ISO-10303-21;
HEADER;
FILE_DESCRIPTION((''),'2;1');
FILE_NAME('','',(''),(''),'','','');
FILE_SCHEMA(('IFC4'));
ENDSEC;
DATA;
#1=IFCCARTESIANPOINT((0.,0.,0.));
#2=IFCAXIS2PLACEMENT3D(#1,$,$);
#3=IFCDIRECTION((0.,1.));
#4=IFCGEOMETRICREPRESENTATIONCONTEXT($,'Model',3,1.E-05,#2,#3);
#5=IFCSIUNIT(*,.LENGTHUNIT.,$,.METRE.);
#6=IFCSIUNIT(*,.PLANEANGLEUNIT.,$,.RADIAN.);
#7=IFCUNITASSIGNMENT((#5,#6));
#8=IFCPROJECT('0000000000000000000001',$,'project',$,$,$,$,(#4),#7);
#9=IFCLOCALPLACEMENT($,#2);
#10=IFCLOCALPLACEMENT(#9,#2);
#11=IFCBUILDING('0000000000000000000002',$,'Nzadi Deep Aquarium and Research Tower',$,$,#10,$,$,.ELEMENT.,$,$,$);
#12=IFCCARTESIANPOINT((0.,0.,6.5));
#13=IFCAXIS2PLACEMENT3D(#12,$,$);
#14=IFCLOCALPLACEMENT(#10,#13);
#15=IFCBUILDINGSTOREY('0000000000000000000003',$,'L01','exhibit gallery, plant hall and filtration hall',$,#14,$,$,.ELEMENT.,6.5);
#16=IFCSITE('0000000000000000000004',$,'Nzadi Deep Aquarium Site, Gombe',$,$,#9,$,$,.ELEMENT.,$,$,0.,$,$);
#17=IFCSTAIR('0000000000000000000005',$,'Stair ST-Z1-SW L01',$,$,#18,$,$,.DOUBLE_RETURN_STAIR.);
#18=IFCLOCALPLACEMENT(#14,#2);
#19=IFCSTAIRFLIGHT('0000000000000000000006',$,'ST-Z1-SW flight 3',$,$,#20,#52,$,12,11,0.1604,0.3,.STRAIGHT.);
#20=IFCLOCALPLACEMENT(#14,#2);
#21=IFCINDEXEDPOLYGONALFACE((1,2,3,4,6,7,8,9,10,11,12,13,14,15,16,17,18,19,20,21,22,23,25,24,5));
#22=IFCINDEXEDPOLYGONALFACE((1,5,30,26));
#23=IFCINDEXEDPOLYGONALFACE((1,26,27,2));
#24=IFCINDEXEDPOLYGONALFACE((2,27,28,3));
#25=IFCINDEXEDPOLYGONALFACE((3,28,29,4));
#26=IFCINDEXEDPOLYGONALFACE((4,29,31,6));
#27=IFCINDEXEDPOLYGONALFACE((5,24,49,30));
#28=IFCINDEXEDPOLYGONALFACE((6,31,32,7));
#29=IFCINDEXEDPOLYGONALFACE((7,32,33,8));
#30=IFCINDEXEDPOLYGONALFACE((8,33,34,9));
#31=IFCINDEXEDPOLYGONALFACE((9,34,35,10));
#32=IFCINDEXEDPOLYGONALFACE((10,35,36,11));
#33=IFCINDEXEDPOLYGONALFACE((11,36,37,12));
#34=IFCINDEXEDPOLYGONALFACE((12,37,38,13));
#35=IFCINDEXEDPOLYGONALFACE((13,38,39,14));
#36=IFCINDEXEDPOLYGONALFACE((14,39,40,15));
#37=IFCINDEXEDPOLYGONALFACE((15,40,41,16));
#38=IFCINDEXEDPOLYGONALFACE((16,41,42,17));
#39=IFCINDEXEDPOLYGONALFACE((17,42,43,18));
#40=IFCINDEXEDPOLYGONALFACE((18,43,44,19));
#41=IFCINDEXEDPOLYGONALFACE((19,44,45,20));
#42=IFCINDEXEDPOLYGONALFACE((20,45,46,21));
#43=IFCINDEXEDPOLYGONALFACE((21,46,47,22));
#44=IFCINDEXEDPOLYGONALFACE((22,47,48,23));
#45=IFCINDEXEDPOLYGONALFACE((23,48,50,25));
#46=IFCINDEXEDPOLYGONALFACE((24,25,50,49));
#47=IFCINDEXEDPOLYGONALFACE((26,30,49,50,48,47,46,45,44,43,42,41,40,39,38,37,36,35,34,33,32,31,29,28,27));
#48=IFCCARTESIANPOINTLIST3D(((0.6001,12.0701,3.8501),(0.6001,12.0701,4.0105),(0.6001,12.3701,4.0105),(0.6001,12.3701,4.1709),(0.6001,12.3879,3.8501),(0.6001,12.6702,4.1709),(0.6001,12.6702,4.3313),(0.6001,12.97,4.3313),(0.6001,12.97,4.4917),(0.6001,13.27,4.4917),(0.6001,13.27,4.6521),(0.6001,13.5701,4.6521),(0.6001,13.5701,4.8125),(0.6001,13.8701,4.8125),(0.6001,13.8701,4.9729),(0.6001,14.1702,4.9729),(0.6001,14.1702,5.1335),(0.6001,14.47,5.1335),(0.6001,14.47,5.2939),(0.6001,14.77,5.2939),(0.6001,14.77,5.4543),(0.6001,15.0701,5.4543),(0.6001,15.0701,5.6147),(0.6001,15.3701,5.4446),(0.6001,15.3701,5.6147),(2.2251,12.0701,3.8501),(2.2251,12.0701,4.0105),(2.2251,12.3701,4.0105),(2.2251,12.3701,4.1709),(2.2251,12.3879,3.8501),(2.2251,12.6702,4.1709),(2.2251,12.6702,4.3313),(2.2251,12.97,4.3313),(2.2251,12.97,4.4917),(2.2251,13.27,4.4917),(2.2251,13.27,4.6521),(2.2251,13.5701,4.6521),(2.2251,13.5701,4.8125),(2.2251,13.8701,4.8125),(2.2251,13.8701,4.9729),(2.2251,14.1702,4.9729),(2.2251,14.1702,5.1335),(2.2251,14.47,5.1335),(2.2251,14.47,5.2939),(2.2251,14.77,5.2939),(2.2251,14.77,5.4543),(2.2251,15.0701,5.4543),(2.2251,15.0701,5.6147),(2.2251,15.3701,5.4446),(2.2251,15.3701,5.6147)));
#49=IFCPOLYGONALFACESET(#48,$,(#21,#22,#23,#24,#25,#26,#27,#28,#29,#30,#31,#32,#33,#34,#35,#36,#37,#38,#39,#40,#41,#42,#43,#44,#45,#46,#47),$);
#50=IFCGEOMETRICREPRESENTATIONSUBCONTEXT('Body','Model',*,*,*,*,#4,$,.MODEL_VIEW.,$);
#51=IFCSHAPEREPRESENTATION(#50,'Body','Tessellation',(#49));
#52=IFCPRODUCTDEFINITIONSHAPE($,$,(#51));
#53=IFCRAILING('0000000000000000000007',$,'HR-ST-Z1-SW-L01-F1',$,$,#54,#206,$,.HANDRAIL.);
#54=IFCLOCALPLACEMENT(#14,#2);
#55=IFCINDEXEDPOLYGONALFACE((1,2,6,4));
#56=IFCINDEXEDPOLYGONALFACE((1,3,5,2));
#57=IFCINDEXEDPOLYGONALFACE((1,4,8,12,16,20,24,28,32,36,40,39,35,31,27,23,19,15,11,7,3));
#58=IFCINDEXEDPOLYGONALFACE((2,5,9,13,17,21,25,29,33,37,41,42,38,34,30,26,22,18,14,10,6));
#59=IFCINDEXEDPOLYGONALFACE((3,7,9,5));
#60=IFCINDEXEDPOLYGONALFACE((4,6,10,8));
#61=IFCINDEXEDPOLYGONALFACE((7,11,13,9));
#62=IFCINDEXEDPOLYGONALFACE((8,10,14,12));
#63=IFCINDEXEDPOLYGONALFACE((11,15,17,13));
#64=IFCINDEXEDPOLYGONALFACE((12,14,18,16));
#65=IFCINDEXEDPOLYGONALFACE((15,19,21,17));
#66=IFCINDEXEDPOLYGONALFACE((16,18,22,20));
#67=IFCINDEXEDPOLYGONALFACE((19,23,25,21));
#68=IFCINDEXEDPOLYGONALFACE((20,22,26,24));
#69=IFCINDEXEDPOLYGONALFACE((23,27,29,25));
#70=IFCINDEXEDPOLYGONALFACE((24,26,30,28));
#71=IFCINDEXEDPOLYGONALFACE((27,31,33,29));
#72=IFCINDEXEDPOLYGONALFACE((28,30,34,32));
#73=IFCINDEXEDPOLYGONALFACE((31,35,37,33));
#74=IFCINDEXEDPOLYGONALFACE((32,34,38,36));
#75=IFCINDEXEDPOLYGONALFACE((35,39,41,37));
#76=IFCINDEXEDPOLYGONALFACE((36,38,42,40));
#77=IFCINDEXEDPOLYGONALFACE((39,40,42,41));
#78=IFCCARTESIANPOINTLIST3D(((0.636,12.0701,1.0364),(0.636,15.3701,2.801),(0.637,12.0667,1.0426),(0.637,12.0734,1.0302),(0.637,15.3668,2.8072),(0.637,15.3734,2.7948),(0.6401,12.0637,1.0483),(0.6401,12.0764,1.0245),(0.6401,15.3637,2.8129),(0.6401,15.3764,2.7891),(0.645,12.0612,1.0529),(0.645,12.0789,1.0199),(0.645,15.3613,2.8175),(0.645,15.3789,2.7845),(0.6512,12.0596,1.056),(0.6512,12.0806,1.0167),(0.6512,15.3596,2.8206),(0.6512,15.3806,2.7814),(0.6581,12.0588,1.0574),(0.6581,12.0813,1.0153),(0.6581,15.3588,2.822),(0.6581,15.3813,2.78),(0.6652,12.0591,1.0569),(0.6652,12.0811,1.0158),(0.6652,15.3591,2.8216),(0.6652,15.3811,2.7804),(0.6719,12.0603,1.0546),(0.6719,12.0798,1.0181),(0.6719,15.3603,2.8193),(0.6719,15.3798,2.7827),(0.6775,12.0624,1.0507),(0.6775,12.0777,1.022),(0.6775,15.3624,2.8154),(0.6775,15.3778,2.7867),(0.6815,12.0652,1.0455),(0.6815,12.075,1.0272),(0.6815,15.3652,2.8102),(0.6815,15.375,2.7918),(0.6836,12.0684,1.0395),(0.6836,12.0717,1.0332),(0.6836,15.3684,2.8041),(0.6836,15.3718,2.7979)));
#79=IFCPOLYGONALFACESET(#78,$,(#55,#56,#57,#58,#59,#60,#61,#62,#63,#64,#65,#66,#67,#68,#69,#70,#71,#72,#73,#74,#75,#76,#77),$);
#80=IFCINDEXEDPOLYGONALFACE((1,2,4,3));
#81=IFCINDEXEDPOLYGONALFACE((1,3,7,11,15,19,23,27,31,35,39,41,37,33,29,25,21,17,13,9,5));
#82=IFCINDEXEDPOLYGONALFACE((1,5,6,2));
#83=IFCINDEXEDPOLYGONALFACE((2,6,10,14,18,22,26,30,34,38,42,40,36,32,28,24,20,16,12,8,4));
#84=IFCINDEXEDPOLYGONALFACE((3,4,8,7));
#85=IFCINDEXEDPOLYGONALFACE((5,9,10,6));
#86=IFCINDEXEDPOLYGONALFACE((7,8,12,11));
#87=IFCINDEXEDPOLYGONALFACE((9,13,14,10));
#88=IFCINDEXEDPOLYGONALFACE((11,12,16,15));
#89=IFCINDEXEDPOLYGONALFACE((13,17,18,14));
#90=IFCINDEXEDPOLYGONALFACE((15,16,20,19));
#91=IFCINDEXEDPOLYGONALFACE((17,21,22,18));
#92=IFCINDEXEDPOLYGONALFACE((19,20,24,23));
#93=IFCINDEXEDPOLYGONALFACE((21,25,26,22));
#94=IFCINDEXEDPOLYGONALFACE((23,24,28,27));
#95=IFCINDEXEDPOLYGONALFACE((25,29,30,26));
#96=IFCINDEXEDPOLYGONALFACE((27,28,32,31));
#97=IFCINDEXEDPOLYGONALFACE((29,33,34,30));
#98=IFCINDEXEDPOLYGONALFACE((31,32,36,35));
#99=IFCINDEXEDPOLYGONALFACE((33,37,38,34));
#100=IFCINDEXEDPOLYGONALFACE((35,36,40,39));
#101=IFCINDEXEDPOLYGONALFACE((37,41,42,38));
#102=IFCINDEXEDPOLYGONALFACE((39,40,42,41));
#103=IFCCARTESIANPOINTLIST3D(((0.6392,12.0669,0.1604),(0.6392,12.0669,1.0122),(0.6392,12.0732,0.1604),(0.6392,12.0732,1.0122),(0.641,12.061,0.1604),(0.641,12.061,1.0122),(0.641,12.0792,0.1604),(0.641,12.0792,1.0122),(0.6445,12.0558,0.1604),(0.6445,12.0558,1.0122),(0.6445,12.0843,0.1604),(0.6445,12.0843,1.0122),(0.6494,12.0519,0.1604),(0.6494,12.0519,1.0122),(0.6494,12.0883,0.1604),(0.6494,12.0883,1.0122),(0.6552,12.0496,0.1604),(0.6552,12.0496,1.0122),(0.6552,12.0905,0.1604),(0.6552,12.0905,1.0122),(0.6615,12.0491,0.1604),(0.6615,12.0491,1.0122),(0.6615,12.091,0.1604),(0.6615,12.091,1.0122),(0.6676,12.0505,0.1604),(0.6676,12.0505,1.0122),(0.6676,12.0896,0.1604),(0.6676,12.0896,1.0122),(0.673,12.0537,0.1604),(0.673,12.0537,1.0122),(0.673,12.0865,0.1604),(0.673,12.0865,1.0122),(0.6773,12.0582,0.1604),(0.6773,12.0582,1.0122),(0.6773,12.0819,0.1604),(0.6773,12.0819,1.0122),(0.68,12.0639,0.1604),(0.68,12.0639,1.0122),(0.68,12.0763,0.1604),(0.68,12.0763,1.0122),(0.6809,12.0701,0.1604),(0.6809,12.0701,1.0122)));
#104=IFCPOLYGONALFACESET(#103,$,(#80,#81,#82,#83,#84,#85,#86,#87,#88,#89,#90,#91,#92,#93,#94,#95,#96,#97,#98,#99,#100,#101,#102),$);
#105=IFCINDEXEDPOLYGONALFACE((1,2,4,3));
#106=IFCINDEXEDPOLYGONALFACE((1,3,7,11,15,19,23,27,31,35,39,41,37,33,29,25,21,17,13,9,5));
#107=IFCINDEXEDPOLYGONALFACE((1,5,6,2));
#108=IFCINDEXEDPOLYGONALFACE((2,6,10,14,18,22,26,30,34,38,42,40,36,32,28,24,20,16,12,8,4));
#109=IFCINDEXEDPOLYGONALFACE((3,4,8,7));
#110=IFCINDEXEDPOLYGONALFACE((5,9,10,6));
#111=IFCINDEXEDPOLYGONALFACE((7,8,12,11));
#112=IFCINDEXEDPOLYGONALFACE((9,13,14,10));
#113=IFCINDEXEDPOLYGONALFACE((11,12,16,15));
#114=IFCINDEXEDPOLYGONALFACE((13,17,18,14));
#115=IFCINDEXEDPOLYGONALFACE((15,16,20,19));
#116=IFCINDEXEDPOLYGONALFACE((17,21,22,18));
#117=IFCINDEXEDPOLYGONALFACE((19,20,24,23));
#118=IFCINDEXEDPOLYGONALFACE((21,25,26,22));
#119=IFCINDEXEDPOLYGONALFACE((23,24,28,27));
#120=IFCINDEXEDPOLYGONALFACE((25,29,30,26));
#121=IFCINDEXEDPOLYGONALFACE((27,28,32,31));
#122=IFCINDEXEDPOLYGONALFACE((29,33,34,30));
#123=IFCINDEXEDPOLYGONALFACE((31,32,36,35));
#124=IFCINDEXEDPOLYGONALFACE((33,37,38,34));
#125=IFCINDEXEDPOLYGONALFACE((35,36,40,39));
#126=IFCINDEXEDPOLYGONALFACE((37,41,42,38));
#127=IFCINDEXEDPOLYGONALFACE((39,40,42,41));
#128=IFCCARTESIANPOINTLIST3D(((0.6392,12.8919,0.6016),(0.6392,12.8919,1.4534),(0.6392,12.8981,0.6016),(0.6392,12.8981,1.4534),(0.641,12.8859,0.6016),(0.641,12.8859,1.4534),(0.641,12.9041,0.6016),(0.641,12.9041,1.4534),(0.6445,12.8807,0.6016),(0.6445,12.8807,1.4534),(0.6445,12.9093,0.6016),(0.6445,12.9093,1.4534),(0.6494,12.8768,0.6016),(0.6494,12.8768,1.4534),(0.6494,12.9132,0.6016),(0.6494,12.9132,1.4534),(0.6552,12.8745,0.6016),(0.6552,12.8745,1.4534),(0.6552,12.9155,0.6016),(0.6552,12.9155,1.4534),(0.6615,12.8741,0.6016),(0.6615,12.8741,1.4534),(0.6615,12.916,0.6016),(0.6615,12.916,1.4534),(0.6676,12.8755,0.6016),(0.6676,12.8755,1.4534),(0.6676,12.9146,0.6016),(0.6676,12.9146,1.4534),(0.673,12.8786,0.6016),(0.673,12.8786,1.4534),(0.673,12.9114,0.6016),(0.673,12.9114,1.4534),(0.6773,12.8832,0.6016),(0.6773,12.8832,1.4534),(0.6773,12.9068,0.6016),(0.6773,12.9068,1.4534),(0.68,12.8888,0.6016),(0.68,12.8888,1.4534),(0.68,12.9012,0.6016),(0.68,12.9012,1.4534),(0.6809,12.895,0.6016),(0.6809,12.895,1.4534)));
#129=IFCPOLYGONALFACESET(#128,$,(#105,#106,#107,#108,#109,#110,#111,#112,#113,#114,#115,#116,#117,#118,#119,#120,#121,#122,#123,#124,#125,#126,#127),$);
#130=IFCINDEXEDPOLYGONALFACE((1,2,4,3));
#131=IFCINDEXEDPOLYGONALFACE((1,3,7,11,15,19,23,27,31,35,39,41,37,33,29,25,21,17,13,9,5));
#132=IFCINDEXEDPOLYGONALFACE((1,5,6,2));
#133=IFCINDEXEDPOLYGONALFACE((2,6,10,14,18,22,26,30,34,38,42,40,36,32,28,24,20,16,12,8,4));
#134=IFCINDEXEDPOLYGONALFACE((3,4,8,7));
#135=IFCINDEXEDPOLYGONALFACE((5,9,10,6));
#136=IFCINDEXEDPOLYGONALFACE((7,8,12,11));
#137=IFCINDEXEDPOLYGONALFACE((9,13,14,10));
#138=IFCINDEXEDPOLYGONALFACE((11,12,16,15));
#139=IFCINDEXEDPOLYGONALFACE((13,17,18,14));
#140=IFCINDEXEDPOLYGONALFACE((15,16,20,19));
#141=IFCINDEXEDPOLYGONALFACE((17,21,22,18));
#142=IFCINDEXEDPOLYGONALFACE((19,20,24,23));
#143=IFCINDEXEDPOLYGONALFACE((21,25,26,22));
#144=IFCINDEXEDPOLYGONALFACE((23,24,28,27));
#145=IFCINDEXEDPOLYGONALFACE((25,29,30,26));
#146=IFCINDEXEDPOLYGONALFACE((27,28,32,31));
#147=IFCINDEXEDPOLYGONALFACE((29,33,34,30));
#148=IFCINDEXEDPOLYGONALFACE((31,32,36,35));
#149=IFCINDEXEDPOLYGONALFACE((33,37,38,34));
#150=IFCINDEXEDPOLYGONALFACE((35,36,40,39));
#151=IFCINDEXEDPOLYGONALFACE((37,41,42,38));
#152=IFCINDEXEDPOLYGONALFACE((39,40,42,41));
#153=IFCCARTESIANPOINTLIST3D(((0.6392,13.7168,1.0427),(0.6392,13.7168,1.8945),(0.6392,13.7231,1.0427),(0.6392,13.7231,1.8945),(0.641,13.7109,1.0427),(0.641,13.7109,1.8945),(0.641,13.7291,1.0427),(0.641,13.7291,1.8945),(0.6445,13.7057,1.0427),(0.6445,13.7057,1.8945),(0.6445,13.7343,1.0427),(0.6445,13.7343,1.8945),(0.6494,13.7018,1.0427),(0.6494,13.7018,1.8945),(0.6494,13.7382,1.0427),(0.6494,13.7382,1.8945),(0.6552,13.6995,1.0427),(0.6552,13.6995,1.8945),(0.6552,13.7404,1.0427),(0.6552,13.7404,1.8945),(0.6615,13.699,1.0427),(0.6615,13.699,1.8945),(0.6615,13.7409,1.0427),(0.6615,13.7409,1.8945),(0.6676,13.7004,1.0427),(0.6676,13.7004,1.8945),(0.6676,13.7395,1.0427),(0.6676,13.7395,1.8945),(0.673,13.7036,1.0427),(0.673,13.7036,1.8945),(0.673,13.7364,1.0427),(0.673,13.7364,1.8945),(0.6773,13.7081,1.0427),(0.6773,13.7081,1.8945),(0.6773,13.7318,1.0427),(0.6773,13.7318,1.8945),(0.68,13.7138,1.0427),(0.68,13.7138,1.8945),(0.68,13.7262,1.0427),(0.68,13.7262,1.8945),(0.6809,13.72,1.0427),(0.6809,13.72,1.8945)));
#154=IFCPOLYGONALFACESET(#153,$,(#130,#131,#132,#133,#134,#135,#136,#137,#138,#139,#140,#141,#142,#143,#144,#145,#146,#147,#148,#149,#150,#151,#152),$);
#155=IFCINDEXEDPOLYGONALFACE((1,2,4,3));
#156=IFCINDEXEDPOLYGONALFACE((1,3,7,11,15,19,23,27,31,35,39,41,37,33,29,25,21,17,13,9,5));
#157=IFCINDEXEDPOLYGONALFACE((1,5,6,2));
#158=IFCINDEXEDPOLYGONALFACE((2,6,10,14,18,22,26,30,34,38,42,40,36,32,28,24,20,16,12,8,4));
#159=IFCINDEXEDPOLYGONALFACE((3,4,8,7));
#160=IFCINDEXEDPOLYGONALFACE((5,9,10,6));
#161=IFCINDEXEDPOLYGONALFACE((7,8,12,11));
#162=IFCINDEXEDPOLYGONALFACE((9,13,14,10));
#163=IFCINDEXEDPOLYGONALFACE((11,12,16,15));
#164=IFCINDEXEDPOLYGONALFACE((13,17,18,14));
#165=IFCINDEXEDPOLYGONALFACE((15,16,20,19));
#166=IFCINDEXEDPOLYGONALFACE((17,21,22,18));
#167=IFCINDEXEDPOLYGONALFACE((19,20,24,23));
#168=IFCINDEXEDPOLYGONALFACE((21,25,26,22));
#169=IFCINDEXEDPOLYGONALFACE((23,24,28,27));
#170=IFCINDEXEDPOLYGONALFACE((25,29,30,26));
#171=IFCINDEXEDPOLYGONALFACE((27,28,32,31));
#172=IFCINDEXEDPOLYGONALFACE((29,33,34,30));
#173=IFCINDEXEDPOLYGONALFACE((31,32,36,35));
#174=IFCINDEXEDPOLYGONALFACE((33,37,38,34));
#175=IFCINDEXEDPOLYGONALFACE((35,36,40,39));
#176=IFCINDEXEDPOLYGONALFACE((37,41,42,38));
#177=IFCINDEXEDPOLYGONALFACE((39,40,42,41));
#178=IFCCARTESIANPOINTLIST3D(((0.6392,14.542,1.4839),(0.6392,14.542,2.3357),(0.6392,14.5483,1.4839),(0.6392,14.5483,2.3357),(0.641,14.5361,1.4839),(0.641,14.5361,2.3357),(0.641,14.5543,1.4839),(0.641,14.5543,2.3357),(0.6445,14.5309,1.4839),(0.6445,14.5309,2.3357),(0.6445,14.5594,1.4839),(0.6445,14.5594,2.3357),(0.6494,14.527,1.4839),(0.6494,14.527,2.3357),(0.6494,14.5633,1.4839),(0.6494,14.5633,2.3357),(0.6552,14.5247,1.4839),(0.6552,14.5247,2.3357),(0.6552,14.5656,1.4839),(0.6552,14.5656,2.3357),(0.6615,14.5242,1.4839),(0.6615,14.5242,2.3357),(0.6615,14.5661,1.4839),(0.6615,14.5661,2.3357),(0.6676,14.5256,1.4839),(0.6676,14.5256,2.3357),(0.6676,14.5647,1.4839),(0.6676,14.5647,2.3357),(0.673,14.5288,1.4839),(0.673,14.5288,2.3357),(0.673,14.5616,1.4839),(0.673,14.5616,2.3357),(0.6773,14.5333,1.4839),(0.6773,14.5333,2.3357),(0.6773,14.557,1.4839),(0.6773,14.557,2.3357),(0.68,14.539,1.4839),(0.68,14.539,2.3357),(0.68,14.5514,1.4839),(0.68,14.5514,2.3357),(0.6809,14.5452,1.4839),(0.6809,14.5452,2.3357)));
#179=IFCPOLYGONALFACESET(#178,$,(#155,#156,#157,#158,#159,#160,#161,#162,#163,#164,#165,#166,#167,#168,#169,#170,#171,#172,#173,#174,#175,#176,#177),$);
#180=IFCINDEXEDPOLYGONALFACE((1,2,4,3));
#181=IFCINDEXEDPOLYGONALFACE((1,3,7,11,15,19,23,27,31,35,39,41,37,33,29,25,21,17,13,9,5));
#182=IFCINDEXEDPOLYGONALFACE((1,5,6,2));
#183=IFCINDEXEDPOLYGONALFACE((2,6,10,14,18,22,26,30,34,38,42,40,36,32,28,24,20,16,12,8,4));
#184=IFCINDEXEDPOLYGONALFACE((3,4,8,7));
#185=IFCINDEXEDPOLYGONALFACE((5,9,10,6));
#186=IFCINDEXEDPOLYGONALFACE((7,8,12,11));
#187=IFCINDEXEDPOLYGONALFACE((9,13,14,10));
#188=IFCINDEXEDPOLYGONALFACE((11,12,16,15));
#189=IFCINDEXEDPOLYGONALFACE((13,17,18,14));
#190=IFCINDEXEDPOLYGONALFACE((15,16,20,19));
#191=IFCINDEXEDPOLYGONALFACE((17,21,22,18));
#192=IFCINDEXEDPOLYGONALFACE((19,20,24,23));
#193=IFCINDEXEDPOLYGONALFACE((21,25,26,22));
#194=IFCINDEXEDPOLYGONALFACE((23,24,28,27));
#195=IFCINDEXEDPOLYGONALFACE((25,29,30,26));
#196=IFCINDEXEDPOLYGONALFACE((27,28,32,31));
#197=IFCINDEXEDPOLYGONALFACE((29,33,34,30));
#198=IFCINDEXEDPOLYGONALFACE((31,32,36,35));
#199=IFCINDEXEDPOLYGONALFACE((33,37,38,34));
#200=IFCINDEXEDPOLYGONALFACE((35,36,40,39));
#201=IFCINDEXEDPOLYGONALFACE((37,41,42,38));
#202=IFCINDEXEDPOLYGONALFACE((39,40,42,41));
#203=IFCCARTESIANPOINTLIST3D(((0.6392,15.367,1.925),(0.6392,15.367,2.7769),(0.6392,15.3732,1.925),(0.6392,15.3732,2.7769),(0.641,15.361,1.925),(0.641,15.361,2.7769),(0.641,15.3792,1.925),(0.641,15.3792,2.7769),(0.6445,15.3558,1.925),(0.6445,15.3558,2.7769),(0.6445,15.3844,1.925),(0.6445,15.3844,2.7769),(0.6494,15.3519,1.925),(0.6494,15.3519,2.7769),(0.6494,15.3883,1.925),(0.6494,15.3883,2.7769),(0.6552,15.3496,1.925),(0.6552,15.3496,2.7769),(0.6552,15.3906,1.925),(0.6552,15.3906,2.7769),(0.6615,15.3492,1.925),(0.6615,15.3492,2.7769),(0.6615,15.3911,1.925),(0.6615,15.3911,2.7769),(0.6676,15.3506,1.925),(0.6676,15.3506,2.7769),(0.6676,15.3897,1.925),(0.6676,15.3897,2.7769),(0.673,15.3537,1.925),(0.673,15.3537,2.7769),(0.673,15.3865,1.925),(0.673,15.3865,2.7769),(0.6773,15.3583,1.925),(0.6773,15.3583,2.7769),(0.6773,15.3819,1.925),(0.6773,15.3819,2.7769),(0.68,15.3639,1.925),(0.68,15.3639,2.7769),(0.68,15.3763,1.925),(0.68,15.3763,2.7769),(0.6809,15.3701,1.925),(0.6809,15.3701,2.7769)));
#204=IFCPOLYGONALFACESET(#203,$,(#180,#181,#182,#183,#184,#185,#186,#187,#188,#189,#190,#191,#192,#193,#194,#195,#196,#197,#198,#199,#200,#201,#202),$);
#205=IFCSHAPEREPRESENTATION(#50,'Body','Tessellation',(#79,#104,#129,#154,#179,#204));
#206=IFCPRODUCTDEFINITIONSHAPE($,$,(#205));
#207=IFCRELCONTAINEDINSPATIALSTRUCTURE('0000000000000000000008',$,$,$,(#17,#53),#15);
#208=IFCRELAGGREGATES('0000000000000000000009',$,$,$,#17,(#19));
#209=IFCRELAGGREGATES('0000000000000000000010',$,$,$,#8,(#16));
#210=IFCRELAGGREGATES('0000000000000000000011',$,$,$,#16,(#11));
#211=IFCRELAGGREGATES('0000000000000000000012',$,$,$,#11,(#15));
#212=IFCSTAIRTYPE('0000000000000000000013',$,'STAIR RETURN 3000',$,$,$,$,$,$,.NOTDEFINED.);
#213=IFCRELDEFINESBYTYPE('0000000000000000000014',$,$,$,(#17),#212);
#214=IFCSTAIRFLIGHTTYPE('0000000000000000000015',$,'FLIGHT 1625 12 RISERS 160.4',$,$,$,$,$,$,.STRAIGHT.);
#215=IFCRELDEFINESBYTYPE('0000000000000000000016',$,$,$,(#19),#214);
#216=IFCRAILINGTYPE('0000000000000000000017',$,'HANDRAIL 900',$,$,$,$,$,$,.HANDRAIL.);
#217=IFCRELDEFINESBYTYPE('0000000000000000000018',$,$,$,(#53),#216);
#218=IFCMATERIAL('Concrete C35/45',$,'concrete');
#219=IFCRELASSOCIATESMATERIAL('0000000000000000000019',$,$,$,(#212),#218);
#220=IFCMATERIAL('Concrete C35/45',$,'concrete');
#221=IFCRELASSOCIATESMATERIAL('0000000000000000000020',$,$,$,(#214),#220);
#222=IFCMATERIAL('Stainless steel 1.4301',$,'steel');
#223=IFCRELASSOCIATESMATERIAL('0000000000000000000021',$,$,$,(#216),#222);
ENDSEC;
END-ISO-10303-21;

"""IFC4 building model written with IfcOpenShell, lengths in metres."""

from ifc_helpers import new_model, si_unit, direction, frame, origin, origin_2d, place, context, subcontext, project, spatial, polyline, circle, outline, extrude, material, type_object, element, aggregate, save


model = new_model("IFC4")

# Units and contexts
model_context = context("Model", 3, precision=1e-05, world=origin(), true_north=direction((0.0, 1.0)))
body_context = subcontext(model_context, "Body", "Model", "MODEL_VIEW")
ifc_project = project(units=[si_unit("LENGTHUNIT", "METRE"), si_unit("PLANEANGLEUNIT", "RADIAN")], contexts=[model_context])

# Site, building, storey
site_placement = place(None, origin())
site = spatial("IfcSite", under=ifc_project, at=site_placement, Name="Nzadi Deep Aquarium Site, Gombe", CompositionType="ELEMENT", RefElevation=0.0)
building_placement = place(site_placement, origin())
building = spatial("IfcBuilding", under=site, at=building_placement, Name="Nzadi Deep Aquarium and Research Tower", CompositionType="ELEMENT")
storey_placement = place(building_placement, frame((0.0, 0.0, 6.5)))
storey = spatial("IfcBuildingStorey", under=building, at=storey_placement, Name="L01", Description="exhibit gallery, plant hall and filtration hall", CompositionType="ELEMENT", Elevation=6.5)

# Stair, stair flight
ifc_material_1 = material(Name="Concrete C35/45", Category="concrete")
stair_type = type_object("IfcStairType", Name="STAIR RETURN 3000", PredefinedType="NOTDEFINED", material=ifc_material_1)
stair_placement = place(storey_placement, origin())
stair = element("IfcStair", 1, at=stair_placement, inside=storey, type_object=stair_type, Name="Stair ST-Z1-SW L01", PredefinedType="DOUBLE_RETURN_STAIR")
ifc_material_2 = material(Name="Concrete C35/45", Category="concrete")
stair_flight_type = type_object("IfcStairFlightType", Name="FLIGHT 1625 12 RISERS 160.4", PredefinedType="STRAIGHT", material=ifc_material_2)
stair_flight_1_placement = place(storey_placement, frame((1.4126, 12.0701, 3.8501), z_axis=(0.0, 0.0, 1.0), x_axis=(0.0, 1.0, 0.0)))
stair_flight_1 = element("IfcStairFlight", 2, at=stair_flight_1_placement, type_object=stair_flight_type, Name="ST-Z1-SW flight 3", NumberOfRisers=12, NumberOfTreads=11, PredefinedType="STRAIGHT", RiserHeight=0.1604, TreadLength=0.3, context=body_context, shape_type="SweptSolid", body=[
    extrude(outline(polyline([(0.0, 0.0), (0.0, 0.1604), (0.3, 0.1604), (0.3, 0.3208), (0.6001, 0.3208), (0.6001, 0.4812), (0.8999, 0.4812), (0.8999, 0.6416), (1.2, 0.6416), (1.2, 0.802), (1.5, 0.802), (1.5, 0.9624), (1.8, 0.9624), (1.8, 1.1228), (2.1001, 1.1228), (2.1001, 1.2834), (2.3999, 1.2834), (2.3999, 1.4438), (2.7, 1.4438), (2.7, 1.6042), (3.0, 1.6042), (3.0, 1.7646), (3.3, 1.7646), (3.3, 1.925), (3.3, 1.5945), (0.3179, 0.0), (0.0, 0.0)])), frame((0.0, 0.8125, 0.0), z_axis=(0.0, -1.0, 0.0), x_axis=(1.0, 0.0, 0.0)), (0.0, 0.0, 1.0), 1.625),
])
aggregate(stair, [stair_flight_1])

# Railing
ifc_material_3 = material(Name="Stainless steel 1.4301", Category="steel")
railing_type = type_object("IfcRailingType", Name="HANDRAIL 900", PredefinedType="HANDRAIL", material=ifc_material_3)
for number, where, name in (
    (3, (0.6599, 12.0701, 0.1604), "HR-ST-Z1-SW-L01-F1"),
):
    element("IfcRailing", number, at=place(storey_placement, frame(where)), inside=storey, type_object=railing_type, Name=name, PredefinedType="HANDRAIL", context=body_context, shape_type="SweptSolid", body=[
        extrude(circle(Radius=0.0239, at=origin_2d()), frame((0.0, 0.0, 0.876), z_axis=(0.0, 0.88184, 0.47155), x_axis=(-1.0, 0.0, 0.0)), (0.0, 0.0, 1.0), 3.7422),
        extrude(circle(Radius=0.021, at=origin_2d()), origin(), (0.0, 0.0, 1.0), 0.8518),
        extrude(circle(Radius=0.021, at=origin_2d()), frame((0.0, 0.825, 0.4412)), (0.0, 0.0, 1.0), 0.8518),
        extrude(circle(Radius=0.021, at=origin_2d()), frame((0.0, 1.6499, 0.8823)), (0.0, 0.0, 1.0), 0.8518),
        extrude(circle(Radius=0.021, at=origin_2d()), frame((0.0, 2.4751, 1.3235)), (0.0, 0.0, 1.0), 0.8518),
        extrude(circle(Radius=0.021, at=origin_2d()), frame((0.0, 3.3, 1.7646)), (0.0, 0.0, 1.0), 0.8518),
    ])

save(model, "model.ifc")
